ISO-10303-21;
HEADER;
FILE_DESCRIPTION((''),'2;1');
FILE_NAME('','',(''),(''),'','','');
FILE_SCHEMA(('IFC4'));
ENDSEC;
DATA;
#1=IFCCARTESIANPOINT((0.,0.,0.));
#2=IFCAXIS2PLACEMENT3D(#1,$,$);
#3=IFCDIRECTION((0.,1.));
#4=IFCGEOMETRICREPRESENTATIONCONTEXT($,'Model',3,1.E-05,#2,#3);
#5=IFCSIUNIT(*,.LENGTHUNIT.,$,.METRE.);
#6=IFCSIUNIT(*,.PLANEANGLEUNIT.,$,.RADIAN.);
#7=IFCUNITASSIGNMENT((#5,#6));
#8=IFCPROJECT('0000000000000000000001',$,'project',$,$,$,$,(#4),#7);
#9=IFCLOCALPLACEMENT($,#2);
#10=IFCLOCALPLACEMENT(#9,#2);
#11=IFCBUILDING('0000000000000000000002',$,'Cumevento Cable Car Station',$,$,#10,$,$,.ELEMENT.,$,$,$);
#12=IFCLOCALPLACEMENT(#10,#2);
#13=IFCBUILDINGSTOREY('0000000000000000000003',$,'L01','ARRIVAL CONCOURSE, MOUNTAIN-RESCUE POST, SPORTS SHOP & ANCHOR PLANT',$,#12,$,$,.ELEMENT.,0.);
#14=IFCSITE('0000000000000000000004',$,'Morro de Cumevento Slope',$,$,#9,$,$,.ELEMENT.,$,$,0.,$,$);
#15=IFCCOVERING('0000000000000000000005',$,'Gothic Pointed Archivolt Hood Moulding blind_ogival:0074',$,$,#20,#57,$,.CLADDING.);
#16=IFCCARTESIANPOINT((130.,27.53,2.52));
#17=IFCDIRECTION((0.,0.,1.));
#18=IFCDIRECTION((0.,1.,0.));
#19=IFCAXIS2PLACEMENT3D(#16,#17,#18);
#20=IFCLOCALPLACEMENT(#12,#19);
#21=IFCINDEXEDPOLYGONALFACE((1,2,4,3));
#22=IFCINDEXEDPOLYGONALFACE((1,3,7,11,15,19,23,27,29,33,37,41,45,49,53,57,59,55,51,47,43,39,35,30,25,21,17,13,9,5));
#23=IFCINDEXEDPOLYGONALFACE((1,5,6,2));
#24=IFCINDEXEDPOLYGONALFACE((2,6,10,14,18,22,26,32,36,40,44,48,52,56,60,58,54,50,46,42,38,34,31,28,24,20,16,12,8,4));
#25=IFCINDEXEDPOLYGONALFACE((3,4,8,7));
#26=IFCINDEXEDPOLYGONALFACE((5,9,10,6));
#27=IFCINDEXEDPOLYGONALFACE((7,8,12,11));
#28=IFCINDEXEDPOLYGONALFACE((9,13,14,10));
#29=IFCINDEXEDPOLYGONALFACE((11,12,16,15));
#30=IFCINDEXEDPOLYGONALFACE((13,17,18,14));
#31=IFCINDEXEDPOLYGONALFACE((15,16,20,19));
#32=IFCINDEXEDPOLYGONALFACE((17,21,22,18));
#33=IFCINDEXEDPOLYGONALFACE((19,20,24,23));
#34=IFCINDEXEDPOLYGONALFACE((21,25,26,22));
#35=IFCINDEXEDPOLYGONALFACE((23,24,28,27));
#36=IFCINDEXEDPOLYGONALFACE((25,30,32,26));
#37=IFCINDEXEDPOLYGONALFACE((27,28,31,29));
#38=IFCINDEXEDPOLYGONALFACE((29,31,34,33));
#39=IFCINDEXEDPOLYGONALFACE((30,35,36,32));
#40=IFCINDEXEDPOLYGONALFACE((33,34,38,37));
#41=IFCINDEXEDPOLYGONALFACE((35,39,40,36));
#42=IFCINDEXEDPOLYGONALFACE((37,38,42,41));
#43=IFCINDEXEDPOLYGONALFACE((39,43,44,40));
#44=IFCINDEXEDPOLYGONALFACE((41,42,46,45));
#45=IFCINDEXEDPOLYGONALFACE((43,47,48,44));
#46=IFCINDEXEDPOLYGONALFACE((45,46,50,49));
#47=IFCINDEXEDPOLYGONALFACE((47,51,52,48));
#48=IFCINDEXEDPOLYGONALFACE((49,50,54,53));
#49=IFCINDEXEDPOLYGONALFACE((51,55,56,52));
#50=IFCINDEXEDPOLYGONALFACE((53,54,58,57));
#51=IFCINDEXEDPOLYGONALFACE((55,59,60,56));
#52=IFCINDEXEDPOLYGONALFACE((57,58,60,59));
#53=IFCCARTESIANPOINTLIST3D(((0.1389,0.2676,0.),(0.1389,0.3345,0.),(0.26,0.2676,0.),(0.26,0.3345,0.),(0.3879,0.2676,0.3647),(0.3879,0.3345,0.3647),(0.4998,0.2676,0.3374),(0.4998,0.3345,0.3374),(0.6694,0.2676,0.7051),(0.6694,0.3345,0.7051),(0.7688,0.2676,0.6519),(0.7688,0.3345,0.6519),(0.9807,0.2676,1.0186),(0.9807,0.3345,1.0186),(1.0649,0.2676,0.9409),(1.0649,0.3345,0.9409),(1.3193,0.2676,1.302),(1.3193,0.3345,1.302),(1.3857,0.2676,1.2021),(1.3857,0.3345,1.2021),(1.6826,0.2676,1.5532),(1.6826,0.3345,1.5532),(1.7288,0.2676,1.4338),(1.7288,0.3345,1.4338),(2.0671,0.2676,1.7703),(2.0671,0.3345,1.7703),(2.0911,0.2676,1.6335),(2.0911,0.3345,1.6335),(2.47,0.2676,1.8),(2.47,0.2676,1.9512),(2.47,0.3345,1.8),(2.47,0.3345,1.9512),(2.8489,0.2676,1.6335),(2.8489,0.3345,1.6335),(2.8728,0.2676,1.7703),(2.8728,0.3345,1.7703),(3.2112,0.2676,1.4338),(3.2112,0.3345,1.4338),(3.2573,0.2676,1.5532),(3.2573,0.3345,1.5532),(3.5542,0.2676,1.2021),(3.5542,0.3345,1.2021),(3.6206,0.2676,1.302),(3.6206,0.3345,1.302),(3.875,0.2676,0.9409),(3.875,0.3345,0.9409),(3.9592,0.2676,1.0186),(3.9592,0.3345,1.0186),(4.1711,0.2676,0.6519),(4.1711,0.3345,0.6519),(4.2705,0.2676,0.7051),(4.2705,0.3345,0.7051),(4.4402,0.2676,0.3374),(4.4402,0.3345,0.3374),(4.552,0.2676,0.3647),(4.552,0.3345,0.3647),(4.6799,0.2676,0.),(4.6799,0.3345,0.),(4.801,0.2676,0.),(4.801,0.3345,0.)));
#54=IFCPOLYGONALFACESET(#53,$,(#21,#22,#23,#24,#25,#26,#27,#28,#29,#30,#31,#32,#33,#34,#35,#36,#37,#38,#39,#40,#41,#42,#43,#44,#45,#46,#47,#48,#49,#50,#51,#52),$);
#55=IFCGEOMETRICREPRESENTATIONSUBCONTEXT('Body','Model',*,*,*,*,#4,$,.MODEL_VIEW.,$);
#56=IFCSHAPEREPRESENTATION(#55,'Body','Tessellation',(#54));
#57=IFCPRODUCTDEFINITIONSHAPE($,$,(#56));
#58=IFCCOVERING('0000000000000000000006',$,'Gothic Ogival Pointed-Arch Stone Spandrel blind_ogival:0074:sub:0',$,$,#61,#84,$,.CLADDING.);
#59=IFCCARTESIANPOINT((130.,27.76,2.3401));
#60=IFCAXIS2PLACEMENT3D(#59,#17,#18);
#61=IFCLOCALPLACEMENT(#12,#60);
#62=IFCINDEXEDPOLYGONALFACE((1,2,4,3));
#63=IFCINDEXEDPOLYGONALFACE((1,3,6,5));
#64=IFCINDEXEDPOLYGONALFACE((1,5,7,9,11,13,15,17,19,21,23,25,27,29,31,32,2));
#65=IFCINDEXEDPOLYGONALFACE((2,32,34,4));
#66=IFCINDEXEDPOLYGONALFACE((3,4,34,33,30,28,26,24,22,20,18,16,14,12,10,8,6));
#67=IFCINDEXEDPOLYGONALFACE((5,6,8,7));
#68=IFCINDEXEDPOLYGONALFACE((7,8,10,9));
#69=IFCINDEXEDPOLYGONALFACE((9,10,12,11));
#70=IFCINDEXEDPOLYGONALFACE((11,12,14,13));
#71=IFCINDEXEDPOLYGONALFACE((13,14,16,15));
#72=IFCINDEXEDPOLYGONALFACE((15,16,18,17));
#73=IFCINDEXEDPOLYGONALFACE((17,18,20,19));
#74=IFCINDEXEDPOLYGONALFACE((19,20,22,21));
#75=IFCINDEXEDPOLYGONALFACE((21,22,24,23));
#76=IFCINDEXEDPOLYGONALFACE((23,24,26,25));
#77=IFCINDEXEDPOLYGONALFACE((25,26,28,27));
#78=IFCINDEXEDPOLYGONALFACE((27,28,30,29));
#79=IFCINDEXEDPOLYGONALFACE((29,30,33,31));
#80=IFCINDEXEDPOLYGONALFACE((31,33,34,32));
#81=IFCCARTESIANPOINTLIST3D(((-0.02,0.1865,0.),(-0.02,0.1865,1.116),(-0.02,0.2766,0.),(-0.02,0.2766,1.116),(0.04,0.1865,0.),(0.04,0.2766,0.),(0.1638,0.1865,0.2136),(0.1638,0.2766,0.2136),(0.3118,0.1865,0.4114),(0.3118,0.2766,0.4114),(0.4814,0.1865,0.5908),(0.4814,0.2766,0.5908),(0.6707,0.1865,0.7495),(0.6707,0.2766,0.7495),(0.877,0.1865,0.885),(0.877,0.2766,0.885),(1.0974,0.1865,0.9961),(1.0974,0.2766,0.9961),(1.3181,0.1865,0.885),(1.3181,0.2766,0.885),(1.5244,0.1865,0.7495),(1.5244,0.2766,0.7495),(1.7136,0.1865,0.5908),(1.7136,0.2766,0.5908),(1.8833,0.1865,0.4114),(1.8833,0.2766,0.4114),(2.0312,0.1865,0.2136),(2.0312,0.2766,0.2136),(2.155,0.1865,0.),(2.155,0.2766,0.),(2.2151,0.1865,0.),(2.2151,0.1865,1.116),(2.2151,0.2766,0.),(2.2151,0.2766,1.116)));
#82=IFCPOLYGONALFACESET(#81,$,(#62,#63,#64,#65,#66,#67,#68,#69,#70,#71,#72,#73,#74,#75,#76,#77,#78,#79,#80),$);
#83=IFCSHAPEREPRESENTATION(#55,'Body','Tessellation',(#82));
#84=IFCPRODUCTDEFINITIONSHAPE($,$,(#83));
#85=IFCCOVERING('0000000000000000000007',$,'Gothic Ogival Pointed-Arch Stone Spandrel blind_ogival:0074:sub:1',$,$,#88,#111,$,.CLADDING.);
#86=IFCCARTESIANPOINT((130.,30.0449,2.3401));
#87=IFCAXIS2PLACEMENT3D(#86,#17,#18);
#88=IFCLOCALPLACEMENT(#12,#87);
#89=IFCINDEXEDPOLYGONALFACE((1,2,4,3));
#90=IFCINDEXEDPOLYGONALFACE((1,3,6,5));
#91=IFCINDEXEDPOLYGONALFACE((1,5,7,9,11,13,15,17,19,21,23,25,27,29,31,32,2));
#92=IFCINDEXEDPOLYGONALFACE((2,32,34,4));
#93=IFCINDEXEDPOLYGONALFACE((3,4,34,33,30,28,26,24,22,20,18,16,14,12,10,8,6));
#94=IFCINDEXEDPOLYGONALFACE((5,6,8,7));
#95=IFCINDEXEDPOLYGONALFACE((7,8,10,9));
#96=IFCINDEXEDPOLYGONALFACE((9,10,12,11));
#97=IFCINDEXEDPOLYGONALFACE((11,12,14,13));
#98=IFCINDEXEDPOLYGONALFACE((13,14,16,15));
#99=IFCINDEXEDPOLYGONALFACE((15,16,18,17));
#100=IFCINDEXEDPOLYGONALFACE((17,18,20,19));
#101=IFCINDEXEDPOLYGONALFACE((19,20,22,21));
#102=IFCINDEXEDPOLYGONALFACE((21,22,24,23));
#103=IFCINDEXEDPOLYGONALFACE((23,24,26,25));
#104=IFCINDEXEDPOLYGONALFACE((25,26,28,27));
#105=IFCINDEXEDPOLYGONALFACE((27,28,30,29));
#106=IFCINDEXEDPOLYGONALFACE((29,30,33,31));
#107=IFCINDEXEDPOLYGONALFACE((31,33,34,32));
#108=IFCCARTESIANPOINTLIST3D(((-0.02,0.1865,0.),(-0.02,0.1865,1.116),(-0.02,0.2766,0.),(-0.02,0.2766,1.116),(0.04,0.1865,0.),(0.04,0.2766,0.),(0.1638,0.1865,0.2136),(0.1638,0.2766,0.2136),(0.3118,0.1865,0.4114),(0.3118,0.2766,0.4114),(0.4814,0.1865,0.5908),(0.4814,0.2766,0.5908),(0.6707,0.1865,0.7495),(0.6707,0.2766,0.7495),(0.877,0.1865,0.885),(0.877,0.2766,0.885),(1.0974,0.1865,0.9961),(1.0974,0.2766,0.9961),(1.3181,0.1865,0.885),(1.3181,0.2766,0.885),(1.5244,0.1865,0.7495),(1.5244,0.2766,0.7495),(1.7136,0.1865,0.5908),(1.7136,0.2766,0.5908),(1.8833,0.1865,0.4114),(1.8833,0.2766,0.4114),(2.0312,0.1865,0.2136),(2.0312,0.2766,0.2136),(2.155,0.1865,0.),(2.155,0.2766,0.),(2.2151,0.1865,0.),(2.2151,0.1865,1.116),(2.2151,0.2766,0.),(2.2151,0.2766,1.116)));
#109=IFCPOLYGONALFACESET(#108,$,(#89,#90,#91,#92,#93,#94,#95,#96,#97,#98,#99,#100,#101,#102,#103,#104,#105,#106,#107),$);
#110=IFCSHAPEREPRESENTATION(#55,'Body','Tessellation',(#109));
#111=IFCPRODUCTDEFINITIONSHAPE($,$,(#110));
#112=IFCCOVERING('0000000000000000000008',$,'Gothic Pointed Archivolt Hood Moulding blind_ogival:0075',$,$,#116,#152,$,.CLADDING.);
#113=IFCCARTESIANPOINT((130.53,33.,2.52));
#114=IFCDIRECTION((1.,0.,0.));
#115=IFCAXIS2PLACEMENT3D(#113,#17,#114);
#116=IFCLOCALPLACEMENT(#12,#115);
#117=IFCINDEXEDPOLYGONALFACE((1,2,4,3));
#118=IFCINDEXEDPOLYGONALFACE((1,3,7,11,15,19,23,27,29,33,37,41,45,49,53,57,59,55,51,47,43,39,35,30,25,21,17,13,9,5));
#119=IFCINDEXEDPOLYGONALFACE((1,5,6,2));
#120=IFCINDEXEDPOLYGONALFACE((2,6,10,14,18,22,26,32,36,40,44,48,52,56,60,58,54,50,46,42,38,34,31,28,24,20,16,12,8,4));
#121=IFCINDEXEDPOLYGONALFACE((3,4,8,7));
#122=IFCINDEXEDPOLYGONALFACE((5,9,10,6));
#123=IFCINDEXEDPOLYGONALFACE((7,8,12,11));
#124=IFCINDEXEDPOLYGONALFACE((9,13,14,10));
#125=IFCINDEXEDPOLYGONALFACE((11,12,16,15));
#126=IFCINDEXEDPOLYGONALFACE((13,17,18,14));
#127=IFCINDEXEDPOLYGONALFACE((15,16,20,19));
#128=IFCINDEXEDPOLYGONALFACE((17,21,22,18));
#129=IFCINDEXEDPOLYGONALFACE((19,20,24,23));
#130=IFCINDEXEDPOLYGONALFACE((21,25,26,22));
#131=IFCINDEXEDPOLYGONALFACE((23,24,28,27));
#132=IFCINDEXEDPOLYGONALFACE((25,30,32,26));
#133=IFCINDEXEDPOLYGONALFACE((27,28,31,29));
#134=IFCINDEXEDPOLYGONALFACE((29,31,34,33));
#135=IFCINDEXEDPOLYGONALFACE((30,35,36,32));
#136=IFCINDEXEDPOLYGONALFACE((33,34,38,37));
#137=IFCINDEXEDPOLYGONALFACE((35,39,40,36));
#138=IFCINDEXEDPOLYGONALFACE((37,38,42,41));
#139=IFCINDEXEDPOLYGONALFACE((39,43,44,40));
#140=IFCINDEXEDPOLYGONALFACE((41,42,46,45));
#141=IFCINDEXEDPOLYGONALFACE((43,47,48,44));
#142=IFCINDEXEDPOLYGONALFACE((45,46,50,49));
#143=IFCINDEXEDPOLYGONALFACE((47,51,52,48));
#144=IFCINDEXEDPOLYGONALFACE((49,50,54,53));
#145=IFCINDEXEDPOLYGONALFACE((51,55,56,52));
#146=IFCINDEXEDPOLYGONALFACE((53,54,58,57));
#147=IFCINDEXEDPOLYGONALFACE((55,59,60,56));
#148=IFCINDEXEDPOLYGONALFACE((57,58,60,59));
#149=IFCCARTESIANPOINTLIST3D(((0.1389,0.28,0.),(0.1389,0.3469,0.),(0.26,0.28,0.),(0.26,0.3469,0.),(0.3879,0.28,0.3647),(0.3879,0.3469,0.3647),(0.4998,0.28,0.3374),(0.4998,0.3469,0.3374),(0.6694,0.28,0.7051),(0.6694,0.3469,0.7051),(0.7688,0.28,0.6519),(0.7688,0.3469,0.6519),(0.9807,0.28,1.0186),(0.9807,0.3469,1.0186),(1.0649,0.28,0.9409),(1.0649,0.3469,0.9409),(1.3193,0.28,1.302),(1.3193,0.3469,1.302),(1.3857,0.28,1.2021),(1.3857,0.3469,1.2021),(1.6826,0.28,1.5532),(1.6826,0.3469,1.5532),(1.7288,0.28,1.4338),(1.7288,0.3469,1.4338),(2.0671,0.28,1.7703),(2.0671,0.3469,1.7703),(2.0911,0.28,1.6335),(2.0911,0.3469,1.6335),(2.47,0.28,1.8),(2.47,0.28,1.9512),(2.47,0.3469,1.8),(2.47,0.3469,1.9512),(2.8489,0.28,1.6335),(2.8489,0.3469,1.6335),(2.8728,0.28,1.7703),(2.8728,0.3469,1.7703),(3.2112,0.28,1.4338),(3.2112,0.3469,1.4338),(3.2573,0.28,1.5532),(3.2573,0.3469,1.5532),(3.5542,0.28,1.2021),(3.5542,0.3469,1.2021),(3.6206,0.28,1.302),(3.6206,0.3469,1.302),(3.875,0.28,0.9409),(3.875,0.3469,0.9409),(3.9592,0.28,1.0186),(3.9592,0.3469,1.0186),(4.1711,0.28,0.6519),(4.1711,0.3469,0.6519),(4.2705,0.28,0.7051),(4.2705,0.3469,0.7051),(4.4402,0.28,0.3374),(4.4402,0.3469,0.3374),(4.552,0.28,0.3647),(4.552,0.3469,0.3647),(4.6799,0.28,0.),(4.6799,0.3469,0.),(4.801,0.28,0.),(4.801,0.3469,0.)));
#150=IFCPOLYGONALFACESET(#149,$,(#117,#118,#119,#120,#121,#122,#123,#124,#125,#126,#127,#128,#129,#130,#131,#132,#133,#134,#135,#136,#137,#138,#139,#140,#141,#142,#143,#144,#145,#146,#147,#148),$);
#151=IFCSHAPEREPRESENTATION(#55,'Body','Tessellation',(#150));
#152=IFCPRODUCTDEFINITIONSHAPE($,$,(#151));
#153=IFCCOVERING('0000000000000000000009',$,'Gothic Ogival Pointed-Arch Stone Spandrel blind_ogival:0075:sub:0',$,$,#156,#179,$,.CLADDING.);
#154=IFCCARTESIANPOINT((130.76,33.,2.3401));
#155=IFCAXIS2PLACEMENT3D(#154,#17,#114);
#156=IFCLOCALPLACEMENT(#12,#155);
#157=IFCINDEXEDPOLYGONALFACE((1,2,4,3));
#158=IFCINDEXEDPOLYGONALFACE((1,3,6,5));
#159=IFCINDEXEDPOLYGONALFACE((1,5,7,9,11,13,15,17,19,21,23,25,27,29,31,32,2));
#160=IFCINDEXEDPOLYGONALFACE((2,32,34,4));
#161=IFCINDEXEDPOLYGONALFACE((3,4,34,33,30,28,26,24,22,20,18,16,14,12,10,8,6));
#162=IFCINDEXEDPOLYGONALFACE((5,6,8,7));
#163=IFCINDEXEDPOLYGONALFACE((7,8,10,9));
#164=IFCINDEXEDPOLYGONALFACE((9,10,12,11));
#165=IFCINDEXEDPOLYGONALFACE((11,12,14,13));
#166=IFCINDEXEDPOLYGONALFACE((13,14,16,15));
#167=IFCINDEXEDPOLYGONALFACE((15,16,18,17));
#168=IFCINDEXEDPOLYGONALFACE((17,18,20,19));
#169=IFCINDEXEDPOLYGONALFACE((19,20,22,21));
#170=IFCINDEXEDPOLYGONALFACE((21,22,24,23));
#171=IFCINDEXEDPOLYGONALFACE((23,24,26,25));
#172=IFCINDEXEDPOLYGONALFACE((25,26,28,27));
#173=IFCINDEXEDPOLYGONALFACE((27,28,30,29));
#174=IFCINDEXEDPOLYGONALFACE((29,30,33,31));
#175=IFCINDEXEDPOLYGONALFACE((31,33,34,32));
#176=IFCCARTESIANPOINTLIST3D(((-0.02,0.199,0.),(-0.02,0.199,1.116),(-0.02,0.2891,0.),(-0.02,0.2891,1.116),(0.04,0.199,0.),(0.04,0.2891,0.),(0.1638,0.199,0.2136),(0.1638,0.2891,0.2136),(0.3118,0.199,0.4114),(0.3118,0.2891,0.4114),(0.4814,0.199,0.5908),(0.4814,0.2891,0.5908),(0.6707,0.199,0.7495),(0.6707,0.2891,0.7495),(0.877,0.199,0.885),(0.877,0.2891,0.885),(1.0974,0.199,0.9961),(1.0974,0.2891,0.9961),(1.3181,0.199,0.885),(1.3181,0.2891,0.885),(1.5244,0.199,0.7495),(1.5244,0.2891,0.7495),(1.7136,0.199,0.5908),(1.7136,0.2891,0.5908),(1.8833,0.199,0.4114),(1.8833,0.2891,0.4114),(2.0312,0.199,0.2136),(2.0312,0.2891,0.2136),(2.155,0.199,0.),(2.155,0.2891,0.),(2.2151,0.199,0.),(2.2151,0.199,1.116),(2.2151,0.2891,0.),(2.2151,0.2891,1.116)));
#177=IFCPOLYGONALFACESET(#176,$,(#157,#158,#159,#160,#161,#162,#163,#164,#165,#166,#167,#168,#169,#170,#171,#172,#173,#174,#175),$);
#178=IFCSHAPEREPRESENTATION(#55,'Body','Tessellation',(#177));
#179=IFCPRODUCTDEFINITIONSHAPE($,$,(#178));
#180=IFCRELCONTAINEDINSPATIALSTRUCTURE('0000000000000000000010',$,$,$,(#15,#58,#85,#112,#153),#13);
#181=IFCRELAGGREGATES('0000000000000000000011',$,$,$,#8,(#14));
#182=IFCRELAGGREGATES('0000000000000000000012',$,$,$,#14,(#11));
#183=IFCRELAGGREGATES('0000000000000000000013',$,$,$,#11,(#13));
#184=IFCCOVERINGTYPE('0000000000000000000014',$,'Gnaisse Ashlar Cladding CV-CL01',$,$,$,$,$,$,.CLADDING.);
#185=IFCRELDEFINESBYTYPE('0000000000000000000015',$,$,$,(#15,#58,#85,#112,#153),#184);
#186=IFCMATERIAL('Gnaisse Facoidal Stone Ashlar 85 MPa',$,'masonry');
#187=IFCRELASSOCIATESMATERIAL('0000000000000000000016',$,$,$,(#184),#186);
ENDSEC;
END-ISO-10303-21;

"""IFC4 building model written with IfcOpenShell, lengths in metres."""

from ifc_helpers import new_model, si_unit, direction, frame, origin, place, context, subcontext, project, spatial, polyline, outline, extrude, material, type_object, element, save


model = new_model("IFC4")

# Units and contexts
model_context = context("Model", 3, precision=1e-05, world=origin(), true_north=direction((0.0, 1.0)))
body_context = subcontext(model_context, "Body", "Model", "MODEL_VIEW")
ifc_project = project(units=[si_unit("LENGTHUNIT", "METRE"), si_unit("PLANEANGLEUNIT", "RADIAN")], contexts=[model_context])

# Site, building, storey
site_placement = place(None, origin())
site = spatial("IfcSite", under=ifc_project, at=site_placement, Name="Morro de Cumevento Slope", CompositionType="ELEMENT", RefElevation=0.0)
building_placement = place(site_placement, origin())
building = spatial("IfcBuilding", under=site, at=building_placement, Name="Cumevento Cable Car Station", CompositionType="ELEMENT")
storey_placement = place(building_placement, origin())
storey = spatial("IfcBuildingStorey", under=building, at=storey_placement, Name="L01", Description="ARRIVAL CONCOURSE, MOUNTAIN-RESCUE POST, SPORTS SHOP & ANCHOR PLANT", CompositionType="ELEMENT", Elevation=0.0)

# Coverings
ifc_material_1 = material(Name="Gnaisse Facoidal Stone Ashlar 85 MPa", Category="masonry")
covering_type = type_object("IfcCoveringType", Name="Gnaisse Ashlar Cladding CV-CL01", PredefinedType="CLADDING", material=ifc_material_1)
covering_1_placement = place(storey_placement, frame((130.0, 27.53, 2.52), z_axis=(0.0, 0.0, 1.0), x_axis=(0.0, 1.0, 0.0)))
element("IfcCovering", 1, at=covering_1_placement, inside=storey, type_object=covering_type, Name="Gothic Pointed Archivolt Hood Moulding blind_ogival:0074", PredefinedType="CLADDING", context=body_context, shape_type="SweptSolid", body=[
    extrude(outline(polyline([(0.26, 0.0), (0.4998, 0.3374), (0.7688, 0.6519), (1.0649, 0.9409), (1.3857, 1.2021), (1.7288, 1.4338), (2.0911, 1.6335), (2.47, 1.8), (2.8489, 1.6335), (3.2112, 1.4338), (3.5542, 1.2021), (3.875, 0.9409), (4.1711, 0.6519), (4.4402, 0.3374), (4.6799, 0.0), (4.801, 0.0), (4.552, 0.3647), (4.2705, 0.7051), (3.9592, 1.0186), (3.6206, 1.302), (3.2573, 1.5532), (2.8728, 1.7703), (2.47, 1.9512), (2.0671, 1.7703), (1.6826, 1.5532), (1.3193, 1.302), (0.9807, 1.0186), (0.6694, 0.7051), (0.3879, 0.3647), (0.1389, 0.0), (0.26, 0.0)])), frame((0.0, 0.3345, 0.0), z_axis=(0.0, -1.0, 0.0), x_axis=(1.0, 0.0, 0.0)), (0.0, 0.0, 1.0), 0.0669),
])
for number, where, z_axis, x_axis, name in (
    (2, (130.0, 27.76, 2.3401), (0.0, 0.0, 1.0), (0.0, 1.0, 0.0), "Gothic Ogival Pointed-Arch Stone Spandrel blind_ogival:0074:sub:0"),
    (3, (130.0, 30.0449, 2.3401), (0.0, 0.0, 1.0), (0.0, 1.0, 0.0), "Gothic Ogival Pointed-Arch Stone Spandrel blind_ogival:0074:sub:1"),
):
    element("IfcCovering", number, at=place(storey_placement, frame(where, z_axis=z_axis, x_axis=x_axis)), inside=storey, type_object=covering_type, Name=name, PredefinedType="CLADDING", context=body_context, shape_type="SweptSolid", body=[
        extrude(outline(polyline([(-0.02, 0.0), (-0.02, 1.116), (2.2151, 1.116), (2.2151, 0.0), (2.155, 0.0), (2.0312, 0.2136), (1.8833, 0.4114), (1.7136, 0.5908), (1.5244, 0.7495), (1.3181, 0.885), (1.0974, 0.9961), (0.877, 0.885), (0.6707, 0.7495), (0.4814, 0.5908), (0.3118, 0.4114), (0.1638, 0.2136), (0.04, 0.0), (-0.02, 0.0)])), frame((0.0, 0.2766, 0.0), z_axis=(0.0, -1.0, 0.0), x_axis=(1.0, 0.0, 0.0)), (0.0, 0.0, 1.0), 0.0901),
    ])
covering_2_placement = place(storey_placement, frame((130.53, 33.0, 2.52), z_axis=(0.0, 0.0, 1.0), x_axis=(1.0, 0.0, 0.0)))
element("IfcCovering", 4, at=covering_2_placement, inside=storey, type_object=covering_type, Name="Gothic Pointed Archivolt Hood Moulding blind_ogival:0075", PredefinedType="CLADDING", context=body_context, shape_type="SweptSolid", body=[
    extrude(outline(polyline([(0.26, 0.0), (0.4998, 0.3374), (0.7688, 0.6519), (1.0649, 0.9409), (1.3857, 1.2021), (1.7288, 1.4338), (2.0911, 1.6335), (2.47, 1.8), (2.8489, 1.6335), (3.2112, 1.4338), (3.5542, 1.2021), (3.875, 0.9409), (4.1711, 0.6519), (4.4402, 0.3374), (4.6799, 0.0), (4.801, 0.0), (4.552, 0.3647), (4.2705, 0.7051), (3.9592, 1.0186), (3.6206, 1.302), (3.2573, 1.5532), (2.8728, 1.7703), (2.47, 1.9512), (2.0671, 1.7703), (1.6826, 1.5532), (1.3193, 1.302), (0.9807, 1.0186), (0.6694, 0.7051), (0.3879, 0.3647), (0.1389, 0.0), (0.26, 0.0)])), frame((0.0, 0.3469, 0.0), z_axis=(0.0, -1.0, 0.0), x_axis=(1.0, 0.0, 0.0)), (0.0, 0.0, 1.0), 0.0669),
])
for number, where, z_axis, x_axis, name in (
    (5, (130.76, 33.0, 2.3401), (0.0, 0.0, 1.0), (1.0, 0.0, 0.0), "Gothic Ogival Pointed-Arch Stone Spandrel blind_ogival:0075:sub:0"),
):
    element("IfcCovering", number, at=place(storey_placement, frame(where, z_axis=z_axis, x_axis=x_axis)), inside=storey, type_object=covering_type, Name=name, PredefinedType="CLADDING", context=body_context, shape_type="SweptSolid", body=[
        extrude(outline(polyline([(-0.02, 0.0), (-0.02, 1.116), (2.2151, 1.116), (2.2151, 0.0), (2.155, 0.0), (2.0312, 0.2136), (1.8833, 0.4114), (1.7136, 0.5908), (1.5244, 0.7495), (1.3181, 0.885), (1.0974, 0.9961), (0.877, 0.885), (0.6707, 0.7495), (0.4814, 0.5908), (0.3118, 0.4114), (0.1638, 0.2136), (0.04, 0.0), (-0.02, 0.0)])), frame((0.0, 0.2891, 0.0), z_axis=(0.0, -1.0, 0.0), x_axis=(1.0, 0.0, 0.0)), (0.0, 0.0, 1.0), 0.0901),
    ])

save(model, "model.ifc")
